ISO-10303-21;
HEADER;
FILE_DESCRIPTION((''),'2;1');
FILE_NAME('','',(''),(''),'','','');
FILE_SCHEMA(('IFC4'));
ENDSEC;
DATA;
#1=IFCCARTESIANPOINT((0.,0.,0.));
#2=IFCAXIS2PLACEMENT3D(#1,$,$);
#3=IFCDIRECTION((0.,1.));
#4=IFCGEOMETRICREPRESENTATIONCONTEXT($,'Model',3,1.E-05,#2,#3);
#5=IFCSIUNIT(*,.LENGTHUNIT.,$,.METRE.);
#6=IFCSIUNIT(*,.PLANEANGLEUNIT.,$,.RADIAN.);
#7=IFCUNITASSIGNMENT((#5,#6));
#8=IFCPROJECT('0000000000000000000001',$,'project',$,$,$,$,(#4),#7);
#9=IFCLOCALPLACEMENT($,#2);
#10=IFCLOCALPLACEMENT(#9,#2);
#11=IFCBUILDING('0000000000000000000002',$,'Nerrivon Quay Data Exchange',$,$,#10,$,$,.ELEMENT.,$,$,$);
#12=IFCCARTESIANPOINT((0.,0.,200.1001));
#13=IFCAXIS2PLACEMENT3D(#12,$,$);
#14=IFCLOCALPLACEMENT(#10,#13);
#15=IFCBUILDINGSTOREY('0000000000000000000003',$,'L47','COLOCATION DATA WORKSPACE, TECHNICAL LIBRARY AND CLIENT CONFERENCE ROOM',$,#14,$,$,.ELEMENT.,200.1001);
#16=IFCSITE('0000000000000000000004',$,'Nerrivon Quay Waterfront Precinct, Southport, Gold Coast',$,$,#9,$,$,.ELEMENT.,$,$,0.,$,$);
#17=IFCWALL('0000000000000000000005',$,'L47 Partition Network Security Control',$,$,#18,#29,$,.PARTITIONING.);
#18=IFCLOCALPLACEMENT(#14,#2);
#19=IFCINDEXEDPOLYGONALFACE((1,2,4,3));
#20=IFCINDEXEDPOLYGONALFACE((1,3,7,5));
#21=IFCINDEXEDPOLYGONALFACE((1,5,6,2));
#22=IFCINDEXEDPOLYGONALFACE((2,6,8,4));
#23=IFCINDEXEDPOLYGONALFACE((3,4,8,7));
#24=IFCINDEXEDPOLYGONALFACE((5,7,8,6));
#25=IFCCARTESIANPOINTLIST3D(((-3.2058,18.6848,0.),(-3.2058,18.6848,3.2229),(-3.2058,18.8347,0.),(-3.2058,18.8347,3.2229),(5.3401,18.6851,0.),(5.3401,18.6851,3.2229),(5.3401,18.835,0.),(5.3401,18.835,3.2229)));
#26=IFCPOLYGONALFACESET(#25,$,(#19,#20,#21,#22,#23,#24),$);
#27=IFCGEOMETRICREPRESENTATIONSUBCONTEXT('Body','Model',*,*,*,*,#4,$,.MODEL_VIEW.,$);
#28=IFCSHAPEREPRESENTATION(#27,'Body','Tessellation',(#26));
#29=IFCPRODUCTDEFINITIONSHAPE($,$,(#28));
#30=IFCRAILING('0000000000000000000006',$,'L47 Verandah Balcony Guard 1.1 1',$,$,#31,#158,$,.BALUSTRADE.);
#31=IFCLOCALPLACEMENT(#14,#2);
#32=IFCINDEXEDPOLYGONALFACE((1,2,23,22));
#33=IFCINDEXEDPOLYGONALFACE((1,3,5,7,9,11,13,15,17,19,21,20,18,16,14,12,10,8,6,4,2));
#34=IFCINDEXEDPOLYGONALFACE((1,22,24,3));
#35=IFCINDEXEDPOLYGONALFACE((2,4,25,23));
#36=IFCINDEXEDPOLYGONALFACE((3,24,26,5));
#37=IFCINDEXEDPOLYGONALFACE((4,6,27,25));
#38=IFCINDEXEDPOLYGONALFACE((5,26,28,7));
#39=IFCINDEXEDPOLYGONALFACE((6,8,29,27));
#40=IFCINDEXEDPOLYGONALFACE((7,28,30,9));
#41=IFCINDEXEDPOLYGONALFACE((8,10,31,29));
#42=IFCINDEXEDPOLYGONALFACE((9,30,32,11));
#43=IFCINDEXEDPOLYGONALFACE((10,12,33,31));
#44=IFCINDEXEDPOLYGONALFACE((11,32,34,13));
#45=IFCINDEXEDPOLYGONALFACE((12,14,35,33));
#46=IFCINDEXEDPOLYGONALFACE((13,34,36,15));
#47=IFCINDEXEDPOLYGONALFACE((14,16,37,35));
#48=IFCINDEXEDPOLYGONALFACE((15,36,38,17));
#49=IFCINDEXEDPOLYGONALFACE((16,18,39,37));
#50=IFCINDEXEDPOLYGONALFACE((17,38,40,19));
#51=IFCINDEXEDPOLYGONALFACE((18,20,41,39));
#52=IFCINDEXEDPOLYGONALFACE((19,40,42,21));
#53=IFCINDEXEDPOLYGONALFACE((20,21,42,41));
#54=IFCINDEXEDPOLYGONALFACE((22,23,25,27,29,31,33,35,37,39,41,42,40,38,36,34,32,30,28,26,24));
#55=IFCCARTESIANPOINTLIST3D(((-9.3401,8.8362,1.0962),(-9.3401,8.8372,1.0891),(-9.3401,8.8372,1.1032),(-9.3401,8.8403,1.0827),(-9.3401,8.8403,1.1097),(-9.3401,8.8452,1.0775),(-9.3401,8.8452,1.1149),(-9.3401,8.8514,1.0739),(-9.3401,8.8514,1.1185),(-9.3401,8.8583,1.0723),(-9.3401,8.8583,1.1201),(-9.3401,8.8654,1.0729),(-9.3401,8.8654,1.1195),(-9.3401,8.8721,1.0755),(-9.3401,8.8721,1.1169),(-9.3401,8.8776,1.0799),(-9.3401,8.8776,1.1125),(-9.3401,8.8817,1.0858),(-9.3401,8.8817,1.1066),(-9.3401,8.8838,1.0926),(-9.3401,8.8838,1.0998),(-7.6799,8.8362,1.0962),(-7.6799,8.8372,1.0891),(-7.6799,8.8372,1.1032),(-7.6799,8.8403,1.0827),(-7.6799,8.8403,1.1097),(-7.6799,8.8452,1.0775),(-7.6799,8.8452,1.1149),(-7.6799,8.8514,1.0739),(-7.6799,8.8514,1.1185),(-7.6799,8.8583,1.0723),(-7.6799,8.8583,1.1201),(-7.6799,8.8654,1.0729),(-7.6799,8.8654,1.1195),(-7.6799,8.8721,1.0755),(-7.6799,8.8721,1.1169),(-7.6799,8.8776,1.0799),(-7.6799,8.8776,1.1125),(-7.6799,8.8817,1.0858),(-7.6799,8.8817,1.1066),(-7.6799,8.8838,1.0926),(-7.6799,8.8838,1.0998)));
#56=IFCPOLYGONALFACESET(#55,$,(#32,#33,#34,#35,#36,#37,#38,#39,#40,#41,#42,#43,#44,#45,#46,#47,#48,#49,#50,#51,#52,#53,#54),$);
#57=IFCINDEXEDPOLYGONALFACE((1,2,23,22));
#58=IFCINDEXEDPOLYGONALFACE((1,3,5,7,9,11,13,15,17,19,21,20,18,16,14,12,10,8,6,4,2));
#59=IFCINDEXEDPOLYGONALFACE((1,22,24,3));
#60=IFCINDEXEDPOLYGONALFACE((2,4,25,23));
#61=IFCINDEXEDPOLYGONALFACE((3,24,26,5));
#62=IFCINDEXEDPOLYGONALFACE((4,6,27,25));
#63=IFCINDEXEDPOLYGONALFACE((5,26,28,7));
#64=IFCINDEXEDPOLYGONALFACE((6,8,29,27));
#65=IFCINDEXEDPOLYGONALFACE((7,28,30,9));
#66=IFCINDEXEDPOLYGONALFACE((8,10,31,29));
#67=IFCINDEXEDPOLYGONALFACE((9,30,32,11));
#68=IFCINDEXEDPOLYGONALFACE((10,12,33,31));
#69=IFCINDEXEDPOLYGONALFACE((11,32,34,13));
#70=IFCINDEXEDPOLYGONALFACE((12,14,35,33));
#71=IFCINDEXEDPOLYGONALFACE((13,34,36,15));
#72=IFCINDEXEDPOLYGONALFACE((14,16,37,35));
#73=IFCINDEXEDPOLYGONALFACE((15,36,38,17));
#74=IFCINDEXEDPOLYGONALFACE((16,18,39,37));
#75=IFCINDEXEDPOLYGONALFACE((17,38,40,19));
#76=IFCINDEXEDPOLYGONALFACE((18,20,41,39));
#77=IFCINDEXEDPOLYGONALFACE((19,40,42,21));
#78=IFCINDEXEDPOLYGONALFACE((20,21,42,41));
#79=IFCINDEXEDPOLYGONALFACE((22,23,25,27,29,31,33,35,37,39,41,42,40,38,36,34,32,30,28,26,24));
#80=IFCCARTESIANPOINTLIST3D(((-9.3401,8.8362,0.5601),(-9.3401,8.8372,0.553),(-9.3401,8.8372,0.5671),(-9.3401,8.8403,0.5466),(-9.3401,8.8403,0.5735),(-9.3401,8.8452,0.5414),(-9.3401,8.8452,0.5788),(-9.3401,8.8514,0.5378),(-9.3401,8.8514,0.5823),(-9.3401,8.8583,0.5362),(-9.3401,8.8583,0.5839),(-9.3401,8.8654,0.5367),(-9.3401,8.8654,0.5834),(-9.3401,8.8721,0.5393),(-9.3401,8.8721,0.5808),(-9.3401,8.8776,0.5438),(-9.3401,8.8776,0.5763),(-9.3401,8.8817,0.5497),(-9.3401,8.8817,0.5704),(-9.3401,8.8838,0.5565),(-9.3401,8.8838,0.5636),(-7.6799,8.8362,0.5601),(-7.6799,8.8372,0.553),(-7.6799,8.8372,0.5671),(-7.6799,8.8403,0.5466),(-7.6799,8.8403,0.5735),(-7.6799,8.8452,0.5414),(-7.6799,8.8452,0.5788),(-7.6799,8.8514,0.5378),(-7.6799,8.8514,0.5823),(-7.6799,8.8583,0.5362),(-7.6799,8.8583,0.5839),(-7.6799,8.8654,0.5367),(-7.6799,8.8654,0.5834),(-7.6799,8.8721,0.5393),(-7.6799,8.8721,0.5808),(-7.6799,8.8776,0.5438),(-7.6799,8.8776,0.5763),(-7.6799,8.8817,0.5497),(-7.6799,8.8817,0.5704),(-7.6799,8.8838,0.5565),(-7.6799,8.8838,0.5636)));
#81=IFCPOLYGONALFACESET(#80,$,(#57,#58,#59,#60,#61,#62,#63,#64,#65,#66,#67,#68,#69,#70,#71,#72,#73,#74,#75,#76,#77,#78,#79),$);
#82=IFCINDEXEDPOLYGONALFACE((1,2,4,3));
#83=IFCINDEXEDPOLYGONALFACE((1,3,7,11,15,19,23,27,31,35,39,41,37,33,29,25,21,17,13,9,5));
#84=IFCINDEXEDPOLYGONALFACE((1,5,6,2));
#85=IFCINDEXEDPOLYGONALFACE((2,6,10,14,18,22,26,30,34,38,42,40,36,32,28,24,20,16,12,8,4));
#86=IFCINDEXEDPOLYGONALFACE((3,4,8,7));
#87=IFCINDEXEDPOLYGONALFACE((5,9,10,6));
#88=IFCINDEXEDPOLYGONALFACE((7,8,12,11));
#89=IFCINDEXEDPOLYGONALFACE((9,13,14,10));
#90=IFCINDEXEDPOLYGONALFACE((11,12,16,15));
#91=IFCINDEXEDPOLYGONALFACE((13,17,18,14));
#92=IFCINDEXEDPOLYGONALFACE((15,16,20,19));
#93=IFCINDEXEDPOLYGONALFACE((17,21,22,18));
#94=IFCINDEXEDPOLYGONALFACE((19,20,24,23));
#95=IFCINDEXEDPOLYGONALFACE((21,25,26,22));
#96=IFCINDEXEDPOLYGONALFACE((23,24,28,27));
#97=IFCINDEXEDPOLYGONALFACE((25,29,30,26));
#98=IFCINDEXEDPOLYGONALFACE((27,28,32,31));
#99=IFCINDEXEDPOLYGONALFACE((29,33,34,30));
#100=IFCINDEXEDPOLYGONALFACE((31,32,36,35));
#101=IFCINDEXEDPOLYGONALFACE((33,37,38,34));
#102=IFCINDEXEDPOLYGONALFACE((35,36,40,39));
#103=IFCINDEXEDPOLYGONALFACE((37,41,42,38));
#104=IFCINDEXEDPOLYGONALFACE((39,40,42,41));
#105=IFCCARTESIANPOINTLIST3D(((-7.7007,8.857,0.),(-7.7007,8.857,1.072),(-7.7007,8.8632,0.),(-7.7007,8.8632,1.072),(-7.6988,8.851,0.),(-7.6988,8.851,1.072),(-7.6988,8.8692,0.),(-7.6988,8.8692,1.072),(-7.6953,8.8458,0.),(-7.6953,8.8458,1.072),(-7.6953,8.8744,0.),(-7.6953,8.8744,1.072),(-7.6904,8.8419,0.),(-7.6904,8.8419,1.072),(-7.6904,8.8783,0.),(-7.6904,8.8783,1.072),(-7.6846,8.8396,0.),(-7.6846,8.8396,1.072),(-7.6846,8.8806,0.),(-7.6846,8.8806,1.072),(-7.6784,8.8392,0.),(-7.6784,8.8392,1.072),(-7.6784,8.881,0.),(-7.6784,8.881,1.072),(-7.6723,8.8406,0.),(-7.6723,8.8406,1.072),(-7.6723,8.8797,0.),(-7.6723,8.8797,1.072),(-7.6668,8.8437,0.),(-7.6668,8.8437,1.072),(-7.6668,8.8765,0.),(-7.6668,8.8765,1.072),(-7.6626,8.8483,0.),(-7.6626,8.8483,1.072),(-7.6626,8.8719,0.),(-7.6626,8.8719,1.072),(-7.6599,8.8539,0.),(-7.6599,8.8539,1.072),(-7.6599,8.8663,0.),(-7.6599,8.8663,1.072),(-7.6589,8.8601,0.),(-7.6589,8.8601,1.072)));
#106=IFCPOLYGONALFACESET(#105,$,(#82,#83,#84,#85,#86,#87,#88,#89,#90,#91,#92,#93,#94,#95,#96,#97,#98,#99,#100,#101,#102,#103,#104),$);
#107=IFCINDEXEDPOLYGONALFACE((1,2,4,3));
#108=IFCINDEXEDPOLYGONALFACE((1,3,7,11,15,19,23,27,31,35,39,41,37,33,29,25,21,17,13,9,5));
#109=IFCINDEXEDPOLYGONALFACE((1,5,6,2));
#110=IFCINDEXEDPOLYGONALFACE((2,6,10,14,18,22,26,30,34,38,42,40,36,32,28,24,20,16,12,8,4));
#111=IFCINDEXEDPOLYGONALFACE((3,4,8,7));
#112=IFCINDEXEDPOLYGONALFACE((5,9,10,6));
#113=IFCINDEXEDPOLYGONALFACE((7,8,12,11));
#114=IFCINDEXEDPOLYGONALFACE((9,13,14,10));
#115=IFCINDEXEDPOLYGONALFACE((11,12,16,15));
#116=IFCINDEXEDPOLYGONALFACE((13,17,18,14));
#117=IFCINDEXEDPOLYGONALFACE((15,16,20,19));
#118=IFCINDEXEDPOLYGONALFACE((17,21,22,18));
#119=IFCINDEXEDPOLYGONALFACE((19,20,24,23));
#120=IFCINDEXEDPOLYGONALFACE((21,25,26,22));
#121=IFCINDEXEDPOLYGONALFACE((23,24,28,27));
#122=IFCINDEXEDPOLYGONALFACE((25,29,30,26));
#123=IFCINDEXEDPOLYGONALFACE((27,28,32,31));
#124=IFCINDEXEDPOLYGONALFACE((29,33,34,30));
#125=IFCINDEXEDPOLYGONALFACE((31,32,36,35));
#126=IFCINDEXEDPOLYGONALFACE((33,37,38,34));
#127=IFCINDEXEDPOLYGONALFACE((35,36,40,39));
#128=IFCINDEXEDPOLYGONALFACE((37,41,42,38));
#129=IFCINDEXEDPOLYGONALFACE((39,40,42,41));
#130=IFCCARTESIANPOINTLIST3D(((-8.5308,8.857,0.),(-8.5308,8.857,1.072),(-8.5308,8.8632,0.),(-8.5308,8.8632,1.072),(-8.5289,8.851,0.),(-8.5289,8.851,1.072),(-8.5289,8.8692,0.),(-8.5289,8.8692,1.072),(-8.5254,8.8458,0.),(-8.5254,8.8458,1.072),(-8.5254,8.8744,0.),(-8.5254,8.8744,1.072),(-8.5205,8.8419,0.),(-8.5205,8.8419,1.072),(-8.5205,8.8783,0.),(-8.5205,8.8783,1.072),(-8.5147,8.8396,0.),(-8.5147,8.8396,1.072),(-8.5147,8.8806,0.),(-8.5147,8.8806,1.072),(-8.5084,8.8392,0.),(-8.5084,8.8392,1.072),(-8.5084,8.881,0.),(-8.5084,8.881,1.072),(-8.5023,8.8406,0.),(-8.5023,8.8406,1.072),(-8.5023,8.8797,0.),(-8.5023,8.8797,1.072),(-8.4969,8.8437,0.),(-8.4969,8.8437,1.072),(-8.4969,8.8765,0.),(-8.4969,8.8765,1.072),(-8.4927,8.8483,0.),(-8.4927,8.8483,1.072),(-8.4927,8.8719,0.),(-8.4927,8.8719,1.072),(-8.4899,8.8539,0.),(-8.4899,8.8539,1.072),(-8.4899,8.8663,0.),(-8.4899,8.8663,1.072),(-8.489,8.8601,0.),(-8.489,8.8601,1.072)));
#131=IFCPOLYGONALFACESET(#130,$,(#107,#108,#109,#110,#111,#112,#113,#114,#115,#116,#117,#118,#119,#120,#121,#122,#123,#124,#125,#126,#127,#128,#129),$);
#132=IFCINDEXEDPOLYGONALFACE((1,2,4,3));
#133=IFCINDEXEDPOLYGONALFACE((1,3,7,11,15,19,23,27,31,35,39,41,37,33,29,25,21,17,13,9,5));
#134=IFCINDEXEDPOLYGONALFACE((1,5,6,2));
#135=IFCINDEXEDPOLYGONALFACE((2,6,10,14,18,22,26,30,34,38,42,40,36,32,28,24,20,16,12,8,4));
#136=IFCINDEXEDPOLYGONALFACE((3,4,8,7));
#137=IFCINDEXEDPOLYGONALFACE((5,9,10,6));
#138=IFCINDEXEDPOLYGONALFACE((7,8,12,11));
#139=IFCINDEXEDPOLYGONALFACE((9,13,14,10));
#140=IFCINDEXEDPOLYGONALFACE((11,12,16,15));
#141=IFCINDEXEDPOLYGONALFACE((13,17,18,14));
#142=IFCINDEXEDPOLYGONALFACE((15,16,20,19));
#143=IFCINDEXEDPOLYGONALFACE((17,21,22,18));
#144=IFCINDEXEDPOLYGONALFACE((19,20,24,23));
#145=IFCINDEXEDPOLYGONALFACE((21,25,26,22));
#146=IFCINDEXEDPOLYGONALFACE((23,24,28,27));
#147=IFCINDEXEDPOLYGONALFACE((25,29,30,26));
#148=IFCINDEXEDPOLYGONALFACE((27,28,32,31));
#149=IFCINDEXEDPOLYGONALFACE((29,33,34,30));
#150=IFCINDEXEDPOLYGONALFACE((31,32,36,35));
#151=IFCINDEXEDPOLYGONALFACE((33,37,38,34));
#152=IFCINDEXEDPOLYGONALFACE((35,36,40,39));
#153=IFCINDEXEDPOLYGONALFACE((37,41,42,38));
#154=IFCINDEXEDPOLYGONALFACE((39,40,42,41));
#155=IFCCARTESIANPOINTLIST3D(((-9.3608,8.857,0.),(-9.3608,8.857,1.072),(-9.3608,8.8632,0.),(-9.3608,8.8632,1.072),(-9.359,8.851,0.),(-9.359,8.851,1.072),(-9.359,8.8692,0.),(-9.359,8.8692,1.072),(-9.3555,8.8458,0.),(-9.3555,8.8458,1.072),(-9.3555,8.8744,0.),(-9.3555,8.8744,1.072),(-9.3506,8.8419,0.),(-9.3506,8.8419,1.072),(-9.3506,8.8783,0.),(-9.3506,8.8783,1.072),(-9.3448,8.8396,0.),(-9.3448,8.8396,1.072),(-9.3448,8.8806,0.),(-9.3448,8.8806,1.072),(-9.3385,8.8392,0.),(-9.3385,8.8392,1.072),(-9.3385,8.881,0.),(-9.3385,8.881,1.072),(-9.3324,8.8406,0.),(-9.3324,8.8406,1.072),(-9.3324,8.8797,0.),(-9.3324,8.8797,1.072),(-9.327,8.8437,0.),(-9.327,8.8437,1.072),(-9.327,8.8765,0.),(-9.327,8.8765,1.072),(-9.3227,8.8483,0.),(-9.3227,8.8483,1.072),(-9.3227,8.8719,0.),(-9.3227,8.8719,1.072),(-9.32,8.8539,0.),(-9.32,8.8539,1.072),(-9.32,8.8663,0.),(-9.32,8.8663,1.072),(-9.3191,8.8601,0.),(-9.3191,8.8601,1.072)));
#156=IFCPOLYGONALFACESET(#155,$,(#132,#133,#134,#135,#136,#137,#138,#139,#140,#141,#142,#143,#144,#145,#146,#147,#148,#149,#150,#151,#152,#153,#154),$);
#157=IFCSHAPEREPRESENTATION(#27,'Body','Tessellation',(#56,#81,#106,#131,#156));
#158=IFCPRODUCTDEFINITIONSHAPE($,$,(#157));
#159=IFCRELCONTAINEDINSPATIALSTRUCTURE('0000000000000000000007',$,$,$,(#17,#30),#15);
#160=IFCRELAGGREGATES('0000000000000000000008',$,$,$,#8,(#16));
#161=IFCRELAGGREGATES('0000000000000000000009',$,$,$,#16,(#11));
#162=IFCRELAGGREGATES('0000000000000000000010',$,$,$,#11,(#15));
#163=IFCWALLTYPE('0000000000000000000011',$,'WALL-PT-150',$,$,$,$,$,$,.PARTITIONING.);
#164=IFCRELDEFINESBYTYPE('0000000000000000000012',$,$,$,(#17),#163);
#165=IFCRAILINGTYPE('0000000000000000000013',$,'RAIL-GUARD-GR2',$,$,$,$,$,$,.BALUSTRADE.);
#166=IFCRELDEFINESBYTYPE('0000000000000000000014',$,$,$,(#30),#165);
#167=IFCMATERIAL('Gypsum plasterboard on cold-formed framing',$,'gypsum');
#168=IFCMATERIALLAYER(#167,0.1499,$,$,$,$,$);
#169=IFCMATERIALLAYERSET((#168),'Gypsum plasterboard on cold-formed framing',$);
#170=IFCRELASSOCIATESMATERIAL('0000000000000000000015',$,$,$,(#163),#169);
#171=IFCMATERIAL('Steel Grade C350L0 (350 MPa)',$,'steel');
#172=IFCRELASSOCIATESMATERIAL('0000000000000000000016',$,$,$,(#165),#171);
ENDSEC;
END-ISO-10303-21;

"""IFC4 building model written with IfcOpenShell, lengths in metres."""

from ifc_helpers import new_model, si_unit, direction, frame, frame_2d, origin, origin_2d, place, context, subcontext, project, spatial, rectangle, circle, extrude, material, layer, layer_set, type_object, element, save


model = new_model("IFC4")

# Units and contexts
model_context = context("Model", 3, precision=1e-05, world=origin(), true_north=direction((0.0, 1.0)))
body_context = subcontext(model_context, "Body", "Model", "MODEL_VIEW")
ifc_project = project(units=[si_unit("LENGTHUNIT", "METRE"), si_unit("PLANEANGLEUNIT", "RADIAN")], contexts=[model_context])

# Site, building, storey
site_placement = place(None, origin())
site = spatial("IfcSite", under=ifc_project, at=site_placement, Name="Nerrivon Quay Waterfront Precinct, Southport, Gold Coast", CompositionType="ELEMENT", RefElevation=0.0)
building_placement = place(site_placement, origin())
building = spatial("IfcBuilding", under=site, at=building_placement, Name="Nerrivon Quay Data Exchange", CompositionType="ELEMENT")
storey_placement = place(building_placement, frame((0.0, 0.0, 200.1001)))
storey = spatial("IfcBuildingStorey", under=building, at=storey_placement, Name="L47", Description="COLOCATION DATA WORKSPACE, TECHNICAL LIBRARY AND CLIENT CONFERENCE ROOM", CompositionType="ELEMENT", Elevation=200.1001)

# Wall
ifc_material_1 = material(Name="Gypsum plasterboard on cold-formed framing", Category="gypsum")
ifc_layer_1 = layer(ifc_material_1, 0.1499)
ifc_layer_set_1 = layer_set([ifc_layer_1], Name="Gypsum plasterboard on cold-formed framing")
wall_type_1 = type_object("IfcWallType", Name="WALL-PT-150", PredefinedType="PARTITIONING", material=ifc_layer_set_1)
wall_1_placement = place(storey_placement, frame((-3.2058, 18.7598, 0.0), z_axis=(0.0, 0.0, 1.0), x_axis=(1.0, 0.000029, 0.0)))
element("IfcWall", 1, at=wall_1_placement, inside=storey, type_object=wall_type_1, Name="L47 Partition Network Security Control", PredefinedType="PARTITIONING", context=body_context, shape_type="SweptSolid", body=[
    extrude(rectangle(XDim=8.5459, YDim=0.1499, at=frame_2d((4.2729, 0.0))), origin(), (0.0, 0.0, 1.0), 3.2229),
])

# Railing
ifc_material_2 = material(Name="Steel Grade C350L0 (350 MPa)", Category="steel")
railing_type = type_object("IfcRailingType", Name="RAIL-GUARD-GR2", PredefinedType="BALUSTRADE", material=ifc_material_2)
railing_1_placement = place(storey_placement, frame((-7.6799, 8.8601, 0.0)))
element("IfcRailing", 2, at=railing_1_placement, inside=storey, type_object=railing_type, Name="L47 Verandah Balcony Guard 1.1 1", PredefinedType="BALUSTRADE", context=body_context, shape_type="SweptSolid", body=[
    extrude(circle(Radius=0.0239, at=origin_2d()), frame((0.0, 0.0, 1.0962), z_axis=(-1.0, 0.0, 0.0), x_axis=(0.0, -1.0, 0.0)), (0.0, 0.0, 1.0), 1.6602),
    extrude(circle(Radius=0.0239, at=origin_2d()), frame((0.0, 0.0, 0.5601), z_axis=(-1.0, 0.0, 0.0), x_axis=(0.0, -1.0, 0.0)), (0.0, 0.0, 1.0), 1.6602),
    extrude(circle(Radius=0.021, at=origin_2d()), origin(), (0.0, 0.0, 1.0), 1.072),
    extrude(circle(Radius=0.021, at=origin_2d()), frame((-0.8301, 0.0, 0.0)), (0.0, 0.0, 1.0), 1.072),
    extrude(circle(Radius=0.021, at=origin_2d()), frame((-1.6602, 0.0, 0.0)), (0.0, 0.0, 1.0), 1.072),
])

save(model, "model.ifc")
